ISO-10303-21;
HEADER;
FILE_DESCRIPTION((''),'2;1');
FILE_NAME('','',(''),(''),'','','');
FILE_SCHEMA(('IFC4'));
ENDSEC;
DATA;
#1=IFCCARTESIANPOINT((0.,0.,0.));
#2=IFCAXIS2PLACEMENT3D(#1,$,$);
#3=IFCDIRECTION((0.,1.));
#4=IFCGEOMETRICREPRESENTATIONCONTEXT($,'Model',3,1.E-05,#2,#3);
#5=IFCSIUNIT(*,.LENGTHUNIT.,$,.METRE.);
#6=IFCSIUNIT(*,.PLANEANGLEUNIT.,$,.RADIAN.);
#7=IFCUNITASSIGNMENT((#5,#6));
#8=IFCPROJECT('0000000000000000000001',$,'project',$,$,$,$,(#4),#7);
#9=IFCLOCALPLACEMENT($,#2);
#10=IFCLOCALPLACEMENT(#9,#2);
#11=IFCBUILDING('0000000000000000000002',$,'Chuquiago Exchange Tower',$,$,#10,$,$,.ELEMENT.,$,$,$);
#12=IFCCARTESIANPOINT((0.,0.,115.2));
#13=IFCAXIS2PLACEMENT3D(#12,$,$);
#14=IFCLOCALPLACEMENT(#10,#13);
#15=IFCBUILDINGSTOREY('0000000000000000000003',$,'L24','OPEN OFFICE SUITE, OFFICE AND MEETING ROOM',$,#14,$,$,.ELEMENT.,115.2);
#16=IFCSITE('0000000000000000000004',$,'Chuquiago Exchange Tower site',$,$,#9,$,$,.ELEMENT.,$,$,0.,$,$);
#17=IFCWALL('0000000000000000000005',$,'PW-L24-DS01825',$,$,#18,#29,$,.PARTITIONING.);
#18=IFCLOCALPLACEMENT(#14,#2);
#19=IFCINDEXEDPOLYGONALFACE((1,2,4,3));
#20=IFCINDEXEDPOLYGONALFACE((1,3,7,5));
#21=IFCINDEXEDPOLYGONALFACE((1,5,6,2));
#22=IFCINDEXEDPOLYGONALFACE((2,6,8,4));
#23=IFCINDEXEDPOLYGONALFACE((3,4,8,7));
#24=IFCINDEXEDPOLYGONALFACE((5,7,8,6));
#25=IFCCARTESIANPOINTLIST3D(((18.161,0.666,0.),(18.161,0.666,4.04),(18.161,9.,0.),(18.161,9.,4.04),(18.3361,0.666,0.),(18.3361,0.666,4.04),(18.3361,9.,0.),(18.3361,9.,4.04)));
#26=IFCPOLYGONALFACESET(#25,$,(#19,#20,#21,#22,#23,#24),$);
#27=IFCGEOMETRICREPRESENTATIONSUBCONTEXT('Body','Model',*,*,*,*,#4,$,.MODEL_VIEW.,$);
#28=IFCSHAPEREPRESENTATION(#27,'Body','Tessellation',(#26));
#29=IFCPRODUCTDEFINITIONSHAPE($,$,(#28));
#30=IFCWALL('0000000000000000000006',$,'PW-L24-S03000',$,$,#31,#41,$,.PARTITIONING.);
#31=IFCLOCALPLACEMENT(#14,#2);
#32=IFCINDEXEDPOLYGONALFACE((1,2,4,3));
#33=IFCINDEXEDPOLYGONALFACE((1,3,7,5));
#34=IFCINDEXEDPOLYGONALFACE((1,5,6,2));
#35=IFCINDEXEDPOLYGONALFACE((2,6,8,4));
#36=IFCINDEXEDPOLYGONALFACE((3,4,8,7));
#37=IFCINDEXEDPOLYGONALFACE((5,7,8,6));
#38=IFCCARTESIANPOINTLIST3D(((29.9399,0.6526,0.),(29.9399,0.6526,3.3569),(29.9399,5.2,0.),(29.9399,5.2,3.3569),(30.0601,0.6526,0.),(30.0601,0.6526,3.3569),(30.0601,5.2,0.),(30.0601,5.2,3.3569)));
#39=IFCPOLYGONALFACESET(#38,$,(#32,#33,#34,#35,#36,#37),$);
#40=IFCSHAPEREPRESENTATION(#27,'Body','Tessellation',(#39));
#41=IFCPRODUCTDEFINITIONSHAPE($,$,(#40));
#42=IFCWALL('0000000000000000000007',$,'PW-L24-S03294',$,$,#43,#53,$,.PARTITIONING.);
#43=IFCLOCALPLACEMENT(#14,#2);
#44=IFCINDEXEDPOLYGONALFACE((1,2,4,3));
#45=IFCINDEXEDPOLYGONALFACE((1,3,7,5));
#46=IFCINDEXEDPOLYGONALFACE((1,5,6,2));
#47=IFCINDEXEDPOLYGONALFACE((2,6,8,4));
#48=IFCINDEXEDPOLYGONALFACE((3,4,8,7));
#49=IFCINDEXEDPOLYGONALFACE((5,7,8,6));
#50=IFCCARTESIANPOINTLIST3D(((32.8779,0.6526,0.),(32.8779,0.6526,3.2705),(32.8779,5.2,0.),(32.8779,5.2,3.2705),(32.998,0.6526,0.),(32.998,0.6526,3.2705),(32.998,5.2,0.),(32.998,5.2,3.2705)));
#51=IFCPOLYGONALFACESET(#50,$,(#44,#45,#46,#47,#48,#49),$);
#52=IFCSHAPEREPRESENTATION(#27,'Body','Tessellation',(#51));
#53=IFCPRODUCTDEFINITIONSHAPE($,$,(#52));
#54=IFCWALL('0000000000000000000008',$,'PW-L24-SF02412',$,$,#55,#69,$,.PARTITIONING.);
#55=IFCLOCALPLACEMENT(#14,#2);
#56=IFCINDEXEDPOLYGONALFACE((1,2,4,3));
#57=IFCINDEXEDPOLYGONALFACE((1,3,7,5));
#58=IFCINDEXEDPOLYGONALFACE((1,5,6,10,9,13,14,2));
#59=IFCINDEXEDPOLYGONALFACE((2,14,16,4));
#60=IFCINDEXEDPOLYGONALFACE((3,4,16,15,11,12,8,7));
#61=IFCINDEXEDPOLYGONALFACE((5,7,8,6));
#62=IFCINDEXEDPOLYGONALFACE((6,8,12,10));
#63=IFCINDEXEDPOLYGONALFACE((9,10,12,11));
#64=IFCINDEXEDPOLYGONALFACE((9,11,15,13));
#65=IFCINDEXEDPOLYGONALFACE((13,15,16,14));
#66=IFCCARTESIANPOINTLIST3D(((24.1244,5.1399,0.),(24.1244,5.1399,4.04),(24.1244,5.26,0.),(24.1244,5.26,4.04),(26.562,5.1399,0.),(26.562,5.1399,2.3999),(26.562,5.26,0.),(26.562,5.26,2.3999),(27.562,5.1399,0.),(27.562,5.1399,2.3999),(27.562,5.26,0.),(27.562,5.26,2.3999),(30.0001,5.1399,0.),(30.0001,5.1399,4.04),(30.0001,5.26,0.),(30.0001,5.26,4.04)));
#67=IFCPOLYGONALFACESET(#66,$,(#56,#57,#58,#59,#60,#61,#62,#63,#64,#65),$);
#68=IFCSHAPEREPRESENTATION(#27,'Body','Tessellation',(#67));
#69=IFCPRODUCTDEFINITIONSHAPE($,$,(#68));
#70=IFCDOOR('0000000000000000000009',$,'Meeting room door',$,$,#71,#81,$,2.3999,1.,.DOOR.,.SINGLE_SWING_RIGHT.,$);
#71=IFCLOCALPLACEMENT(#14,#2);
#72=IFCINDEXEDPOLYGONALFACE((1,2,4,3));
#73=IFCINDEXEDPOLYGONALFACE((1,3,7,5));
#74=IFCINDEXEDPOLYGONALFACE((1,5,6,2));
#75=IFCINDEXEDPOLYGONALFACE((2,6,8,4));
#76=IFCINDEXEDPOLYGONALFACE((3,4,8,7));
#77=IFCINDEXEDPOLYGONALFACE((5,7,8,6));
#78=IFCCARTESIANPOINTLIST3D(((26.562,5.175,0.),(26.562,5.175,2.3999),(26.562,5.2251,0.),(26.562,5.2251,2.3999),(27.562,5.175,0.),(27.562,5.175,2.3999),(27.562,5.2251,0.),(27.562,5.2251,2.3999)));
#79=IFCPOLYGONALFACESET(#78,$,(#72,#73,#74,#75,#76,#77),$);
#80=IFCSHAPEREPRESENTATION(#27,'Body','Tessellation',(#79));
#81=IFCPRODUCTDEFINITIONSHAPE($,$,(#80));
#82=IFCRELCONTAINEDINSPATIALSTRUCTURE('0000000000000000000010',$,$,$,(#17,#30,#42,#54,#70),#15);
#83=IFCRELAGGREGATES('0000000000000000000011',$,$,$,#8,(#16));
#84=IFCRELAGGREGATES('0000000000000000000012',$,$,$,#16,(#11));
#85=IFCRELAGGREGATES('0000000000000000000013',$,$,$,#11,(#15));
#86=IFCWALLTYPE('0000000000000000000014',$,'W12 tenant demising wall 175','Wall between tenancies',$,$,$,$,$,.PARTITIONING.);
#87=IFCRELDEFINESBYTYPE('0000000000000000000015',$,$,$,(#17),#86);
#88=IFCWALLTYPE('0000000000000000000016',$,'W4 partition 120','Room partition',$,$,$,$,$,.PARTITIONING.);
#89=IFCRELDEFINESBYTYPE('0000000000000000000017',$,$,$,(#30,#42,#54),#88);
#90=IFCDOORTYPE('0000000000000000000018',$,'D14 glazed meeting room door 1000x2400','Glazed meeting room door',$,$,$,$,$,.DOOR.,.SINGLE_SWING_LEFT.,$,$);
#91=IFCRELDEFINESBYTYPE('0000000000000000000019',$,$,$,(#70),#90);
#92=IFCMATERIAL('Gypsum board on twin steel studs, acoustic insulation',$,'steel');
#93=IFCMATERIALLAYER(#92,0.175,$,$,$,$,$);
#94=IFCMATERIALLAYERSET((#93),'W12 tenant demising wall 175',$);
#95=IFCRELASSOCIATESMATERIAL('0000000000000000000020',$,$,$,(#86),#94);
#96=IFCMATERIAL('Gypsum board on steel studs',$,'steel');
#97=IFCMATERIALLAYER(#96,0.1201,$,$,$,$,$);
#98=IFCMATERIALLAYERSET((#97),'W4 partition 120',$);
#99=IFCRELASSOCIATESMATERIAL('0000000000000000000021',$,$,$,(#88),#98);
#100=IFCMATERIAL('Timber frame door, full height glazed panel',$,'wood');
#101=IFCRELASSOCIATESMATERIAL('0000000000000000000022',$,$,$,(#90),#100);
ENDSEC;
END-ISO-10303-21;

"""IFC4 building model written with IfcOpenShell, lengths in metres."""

from ifc_helpers import new_model, si_unit, direction, frame, frame_2d, origin, place, context, subcontext, project, spatial, rectangle, extrude, material, layer, layer_set, type_object, element, fill, save


model = new_model("IFC4")

# Units and contexts
model_context = context("Model", 3, precision=1e-05, world=origin(), true_north=direction((0.0, 1.0)))
body_context = subcontext(model_context, "Body", "Model", "MODEL_VIEW")
ifc_project = project(units=[si_unit("LENGTHUNIT", "METRE"), si_unit("PLANEANGLEUNIT", "RADIAN")], contexts=[model_context])

# Site, building, storey
site_placement = place(None, origin())
site = spatial("IfcSite", under=ifc_project, at=site_placement, Name="Chuquiago Exchange Tower site", CompositionType="ELEMENT", RefElevation=0.0)
building_placement = place(site_placement, origin())
building = spatial("IfcBuilding", under=site, at=building_placement, Name="Chuquiago Exchange Tower", CompositionType="ELEMENT")
storey_placement = place(building_placement, frame((0.0, 0.0, 115.2)))
storey = spatial("IfcBuildingStorey", under=building, at=storey_placement, Name="L24", Description="OPEN OFFICE SUITE, OFFICE AND MEETING ROOM", CompositionType="ELEMENT", Elevation=115.2)

# Walls
ifc_material_1 = material(Name="Gypsum board on twin steel studs, acoustic insulation", Category="steel")
ifc_layer_1 = layer(ifc_material_1, 0.175)
ifc_layer_set_1 = layer_set([ifc_layer_1], Name="W12 tenant demising wall 175")
wall_type_1 = type_object("IfcWallType", Name="W12 tenant demising wall 175", Description="Wall between tenancies", PredefinedType="PARTITIONING", material=ifc_layer_set_1)
wall_1_placement = place(storey_placement, frame((18.2485, 0.666, 0.0), z_axis=(0.0, 0.0, 1.0), x_axis=(0.0, 1.0, 0.0)))
element("IfcWall", 1, at=wall_1_placement, inside=storey, type_object=wall_type_1, Name="PW-L24-DS01825", PredefinedType="PARTITIONING", context=body_context, shape_type="SweptSolid", body=[
    extrude(rectangle(XDim=8.334, YDim=0.175, at=frame_2d((4.167, 0.0))), origin(), (0.0, 0.0, 1.0), 4.04),
])
ifc_material_2 = material(Name="Gypsum board on steel studs", Category="steel")
ifc_layer_2 = layer(ifc_material_2, 0.1201)
ifc_layer_set_2 = layer_set([ifc_layer_2], Name="W4 partition 120")
wall_type_2 = type_object("IfcWallType", Name="W4 partition 120", Description="Room partition", PredefinedType="PARTITIONING", material=ifc_layer_set_2)
wall_2_placement = place(storey_placement, frame((30.0, 0.6526, 0.0), z_axis=(0.0, 0.0, 1.0), x_axis=(0.0, 1.0, 0.0)))
element("IfcWall", 2, at=wall_2_placement, inside=storey, type_object=wall_type_2, Name="PW-L24-S03000", PredefinedType="PARTITIONING", context=body_context, shape_type="SweptSolid", body=[
    extrude(rectangle(XDim=4.5474, YDim=0.1201, at=frame_2d((2.2737, 0.0))), origin(), (0.0, 0.0, 1.0), 3.3569),
])
wall_3_placement = place(storey_placement, frame((32.938, 0.6526, 0.0), z_axis=(0.0, 0.0, 1.0), x_axis=(0.0, 1.0, 0.0)))
element("IfcWall", 3, at=wall_3_placement, inside=storey, type_object=wall_type_2, Name="PW-L24-S03294", PredefinedType="PARTITIONING", context=body_context, shape_type="SweptSolid", body=[
    extrude(rectangle(XDim=4.5474, YDim=0.1201, at=frame_2d((2.2737, 0.0))), origin(), (0.0, 0.0, 1.0), 3.2705),
])

# Wall, opening, door
wall_4_placement = place(storey_placement, frame((24.1243, 5.2, 0.0), z_axis=(0.0, 0.0, 1.0), x_axis=(1.0, 0.0, 0.0)))
wall_4 = element("IfcWall", 4, at=wall_4_placement, inside=storey, type_object=wall_type_2, Name="PW-L24-SF02412", PredefinedType="PARTITIONING", context=body_context, shape_type="SweptSolid", body=[
    extrude(rectangle(XDim=5.8757, YDim=0.1201, at=frame_2d((2.938, 0.0))), origin(), (0.0, 0.0, 1.0), 4.04),
])
opening_1_placement = place(wall_4_placement, frame((2.4377, 0.0, 0.0)))
opening_1 = element("IfcOpeningElement", 5, at=opening_1_placement, cuts=wall_4, PredefinedType="OPENING", context=body_context, shape_type="SweptSolid", body=[
    extrude(rectangle(XDim=1.0, YDim=2.3999, at=frame_2d((0.5, 1.2))), frame((0.0, 0.0701, 0.0), z_axis=(0.0, -1.0, 0.0), x_axis=(1.0, 0.0, 0.0)), (0.0, 0.0, 1.0), 0.1401),
])
ifc_material_3 = material(Name="Timber frame door, full height glazed panel", Category="wood")
door_type_1 = type_object("IfcDoorType", Name="D14 glazed meeting room door 1000x2400", Description="Glazed meeting room door", OperationType="SINGLE_SWING_LEFT", PredefinedType="DOOR", material=ifc_material_3)
door_1_placement = place(opening_1_placement, frame((1.0, 0.0, 0.0), z_axis=(0.0, 0.0, 1.0), x_axis=(-1.0, 0.0, 0.0)))
door_1 = element("IfcDoor", 6, at=door_1_placement, inside=storey, type_object=door_type_1, Name="Meeting room door", OperationType="SINGLE_SWING_RIGHT", OverallHeight=2.3999, OverallWidth=1.0, PredefinedType="DOOR", context=body_context, shape_type="SweptSolid", body=[
    extrude(rectangle(XDim=1.0, YDim=2.3999, at=frame_2d((0.5, 1.2))), frame((0.0, 0.0249, 0.0), z_axis=(0.0, -1.0, 0.0), x_axis=(1.0, 0.0, 0.0)), (0.0, 0.0, 1.0), 0.05),
])
fill(opening_1, door_1)

save(model, "model.ifc")
